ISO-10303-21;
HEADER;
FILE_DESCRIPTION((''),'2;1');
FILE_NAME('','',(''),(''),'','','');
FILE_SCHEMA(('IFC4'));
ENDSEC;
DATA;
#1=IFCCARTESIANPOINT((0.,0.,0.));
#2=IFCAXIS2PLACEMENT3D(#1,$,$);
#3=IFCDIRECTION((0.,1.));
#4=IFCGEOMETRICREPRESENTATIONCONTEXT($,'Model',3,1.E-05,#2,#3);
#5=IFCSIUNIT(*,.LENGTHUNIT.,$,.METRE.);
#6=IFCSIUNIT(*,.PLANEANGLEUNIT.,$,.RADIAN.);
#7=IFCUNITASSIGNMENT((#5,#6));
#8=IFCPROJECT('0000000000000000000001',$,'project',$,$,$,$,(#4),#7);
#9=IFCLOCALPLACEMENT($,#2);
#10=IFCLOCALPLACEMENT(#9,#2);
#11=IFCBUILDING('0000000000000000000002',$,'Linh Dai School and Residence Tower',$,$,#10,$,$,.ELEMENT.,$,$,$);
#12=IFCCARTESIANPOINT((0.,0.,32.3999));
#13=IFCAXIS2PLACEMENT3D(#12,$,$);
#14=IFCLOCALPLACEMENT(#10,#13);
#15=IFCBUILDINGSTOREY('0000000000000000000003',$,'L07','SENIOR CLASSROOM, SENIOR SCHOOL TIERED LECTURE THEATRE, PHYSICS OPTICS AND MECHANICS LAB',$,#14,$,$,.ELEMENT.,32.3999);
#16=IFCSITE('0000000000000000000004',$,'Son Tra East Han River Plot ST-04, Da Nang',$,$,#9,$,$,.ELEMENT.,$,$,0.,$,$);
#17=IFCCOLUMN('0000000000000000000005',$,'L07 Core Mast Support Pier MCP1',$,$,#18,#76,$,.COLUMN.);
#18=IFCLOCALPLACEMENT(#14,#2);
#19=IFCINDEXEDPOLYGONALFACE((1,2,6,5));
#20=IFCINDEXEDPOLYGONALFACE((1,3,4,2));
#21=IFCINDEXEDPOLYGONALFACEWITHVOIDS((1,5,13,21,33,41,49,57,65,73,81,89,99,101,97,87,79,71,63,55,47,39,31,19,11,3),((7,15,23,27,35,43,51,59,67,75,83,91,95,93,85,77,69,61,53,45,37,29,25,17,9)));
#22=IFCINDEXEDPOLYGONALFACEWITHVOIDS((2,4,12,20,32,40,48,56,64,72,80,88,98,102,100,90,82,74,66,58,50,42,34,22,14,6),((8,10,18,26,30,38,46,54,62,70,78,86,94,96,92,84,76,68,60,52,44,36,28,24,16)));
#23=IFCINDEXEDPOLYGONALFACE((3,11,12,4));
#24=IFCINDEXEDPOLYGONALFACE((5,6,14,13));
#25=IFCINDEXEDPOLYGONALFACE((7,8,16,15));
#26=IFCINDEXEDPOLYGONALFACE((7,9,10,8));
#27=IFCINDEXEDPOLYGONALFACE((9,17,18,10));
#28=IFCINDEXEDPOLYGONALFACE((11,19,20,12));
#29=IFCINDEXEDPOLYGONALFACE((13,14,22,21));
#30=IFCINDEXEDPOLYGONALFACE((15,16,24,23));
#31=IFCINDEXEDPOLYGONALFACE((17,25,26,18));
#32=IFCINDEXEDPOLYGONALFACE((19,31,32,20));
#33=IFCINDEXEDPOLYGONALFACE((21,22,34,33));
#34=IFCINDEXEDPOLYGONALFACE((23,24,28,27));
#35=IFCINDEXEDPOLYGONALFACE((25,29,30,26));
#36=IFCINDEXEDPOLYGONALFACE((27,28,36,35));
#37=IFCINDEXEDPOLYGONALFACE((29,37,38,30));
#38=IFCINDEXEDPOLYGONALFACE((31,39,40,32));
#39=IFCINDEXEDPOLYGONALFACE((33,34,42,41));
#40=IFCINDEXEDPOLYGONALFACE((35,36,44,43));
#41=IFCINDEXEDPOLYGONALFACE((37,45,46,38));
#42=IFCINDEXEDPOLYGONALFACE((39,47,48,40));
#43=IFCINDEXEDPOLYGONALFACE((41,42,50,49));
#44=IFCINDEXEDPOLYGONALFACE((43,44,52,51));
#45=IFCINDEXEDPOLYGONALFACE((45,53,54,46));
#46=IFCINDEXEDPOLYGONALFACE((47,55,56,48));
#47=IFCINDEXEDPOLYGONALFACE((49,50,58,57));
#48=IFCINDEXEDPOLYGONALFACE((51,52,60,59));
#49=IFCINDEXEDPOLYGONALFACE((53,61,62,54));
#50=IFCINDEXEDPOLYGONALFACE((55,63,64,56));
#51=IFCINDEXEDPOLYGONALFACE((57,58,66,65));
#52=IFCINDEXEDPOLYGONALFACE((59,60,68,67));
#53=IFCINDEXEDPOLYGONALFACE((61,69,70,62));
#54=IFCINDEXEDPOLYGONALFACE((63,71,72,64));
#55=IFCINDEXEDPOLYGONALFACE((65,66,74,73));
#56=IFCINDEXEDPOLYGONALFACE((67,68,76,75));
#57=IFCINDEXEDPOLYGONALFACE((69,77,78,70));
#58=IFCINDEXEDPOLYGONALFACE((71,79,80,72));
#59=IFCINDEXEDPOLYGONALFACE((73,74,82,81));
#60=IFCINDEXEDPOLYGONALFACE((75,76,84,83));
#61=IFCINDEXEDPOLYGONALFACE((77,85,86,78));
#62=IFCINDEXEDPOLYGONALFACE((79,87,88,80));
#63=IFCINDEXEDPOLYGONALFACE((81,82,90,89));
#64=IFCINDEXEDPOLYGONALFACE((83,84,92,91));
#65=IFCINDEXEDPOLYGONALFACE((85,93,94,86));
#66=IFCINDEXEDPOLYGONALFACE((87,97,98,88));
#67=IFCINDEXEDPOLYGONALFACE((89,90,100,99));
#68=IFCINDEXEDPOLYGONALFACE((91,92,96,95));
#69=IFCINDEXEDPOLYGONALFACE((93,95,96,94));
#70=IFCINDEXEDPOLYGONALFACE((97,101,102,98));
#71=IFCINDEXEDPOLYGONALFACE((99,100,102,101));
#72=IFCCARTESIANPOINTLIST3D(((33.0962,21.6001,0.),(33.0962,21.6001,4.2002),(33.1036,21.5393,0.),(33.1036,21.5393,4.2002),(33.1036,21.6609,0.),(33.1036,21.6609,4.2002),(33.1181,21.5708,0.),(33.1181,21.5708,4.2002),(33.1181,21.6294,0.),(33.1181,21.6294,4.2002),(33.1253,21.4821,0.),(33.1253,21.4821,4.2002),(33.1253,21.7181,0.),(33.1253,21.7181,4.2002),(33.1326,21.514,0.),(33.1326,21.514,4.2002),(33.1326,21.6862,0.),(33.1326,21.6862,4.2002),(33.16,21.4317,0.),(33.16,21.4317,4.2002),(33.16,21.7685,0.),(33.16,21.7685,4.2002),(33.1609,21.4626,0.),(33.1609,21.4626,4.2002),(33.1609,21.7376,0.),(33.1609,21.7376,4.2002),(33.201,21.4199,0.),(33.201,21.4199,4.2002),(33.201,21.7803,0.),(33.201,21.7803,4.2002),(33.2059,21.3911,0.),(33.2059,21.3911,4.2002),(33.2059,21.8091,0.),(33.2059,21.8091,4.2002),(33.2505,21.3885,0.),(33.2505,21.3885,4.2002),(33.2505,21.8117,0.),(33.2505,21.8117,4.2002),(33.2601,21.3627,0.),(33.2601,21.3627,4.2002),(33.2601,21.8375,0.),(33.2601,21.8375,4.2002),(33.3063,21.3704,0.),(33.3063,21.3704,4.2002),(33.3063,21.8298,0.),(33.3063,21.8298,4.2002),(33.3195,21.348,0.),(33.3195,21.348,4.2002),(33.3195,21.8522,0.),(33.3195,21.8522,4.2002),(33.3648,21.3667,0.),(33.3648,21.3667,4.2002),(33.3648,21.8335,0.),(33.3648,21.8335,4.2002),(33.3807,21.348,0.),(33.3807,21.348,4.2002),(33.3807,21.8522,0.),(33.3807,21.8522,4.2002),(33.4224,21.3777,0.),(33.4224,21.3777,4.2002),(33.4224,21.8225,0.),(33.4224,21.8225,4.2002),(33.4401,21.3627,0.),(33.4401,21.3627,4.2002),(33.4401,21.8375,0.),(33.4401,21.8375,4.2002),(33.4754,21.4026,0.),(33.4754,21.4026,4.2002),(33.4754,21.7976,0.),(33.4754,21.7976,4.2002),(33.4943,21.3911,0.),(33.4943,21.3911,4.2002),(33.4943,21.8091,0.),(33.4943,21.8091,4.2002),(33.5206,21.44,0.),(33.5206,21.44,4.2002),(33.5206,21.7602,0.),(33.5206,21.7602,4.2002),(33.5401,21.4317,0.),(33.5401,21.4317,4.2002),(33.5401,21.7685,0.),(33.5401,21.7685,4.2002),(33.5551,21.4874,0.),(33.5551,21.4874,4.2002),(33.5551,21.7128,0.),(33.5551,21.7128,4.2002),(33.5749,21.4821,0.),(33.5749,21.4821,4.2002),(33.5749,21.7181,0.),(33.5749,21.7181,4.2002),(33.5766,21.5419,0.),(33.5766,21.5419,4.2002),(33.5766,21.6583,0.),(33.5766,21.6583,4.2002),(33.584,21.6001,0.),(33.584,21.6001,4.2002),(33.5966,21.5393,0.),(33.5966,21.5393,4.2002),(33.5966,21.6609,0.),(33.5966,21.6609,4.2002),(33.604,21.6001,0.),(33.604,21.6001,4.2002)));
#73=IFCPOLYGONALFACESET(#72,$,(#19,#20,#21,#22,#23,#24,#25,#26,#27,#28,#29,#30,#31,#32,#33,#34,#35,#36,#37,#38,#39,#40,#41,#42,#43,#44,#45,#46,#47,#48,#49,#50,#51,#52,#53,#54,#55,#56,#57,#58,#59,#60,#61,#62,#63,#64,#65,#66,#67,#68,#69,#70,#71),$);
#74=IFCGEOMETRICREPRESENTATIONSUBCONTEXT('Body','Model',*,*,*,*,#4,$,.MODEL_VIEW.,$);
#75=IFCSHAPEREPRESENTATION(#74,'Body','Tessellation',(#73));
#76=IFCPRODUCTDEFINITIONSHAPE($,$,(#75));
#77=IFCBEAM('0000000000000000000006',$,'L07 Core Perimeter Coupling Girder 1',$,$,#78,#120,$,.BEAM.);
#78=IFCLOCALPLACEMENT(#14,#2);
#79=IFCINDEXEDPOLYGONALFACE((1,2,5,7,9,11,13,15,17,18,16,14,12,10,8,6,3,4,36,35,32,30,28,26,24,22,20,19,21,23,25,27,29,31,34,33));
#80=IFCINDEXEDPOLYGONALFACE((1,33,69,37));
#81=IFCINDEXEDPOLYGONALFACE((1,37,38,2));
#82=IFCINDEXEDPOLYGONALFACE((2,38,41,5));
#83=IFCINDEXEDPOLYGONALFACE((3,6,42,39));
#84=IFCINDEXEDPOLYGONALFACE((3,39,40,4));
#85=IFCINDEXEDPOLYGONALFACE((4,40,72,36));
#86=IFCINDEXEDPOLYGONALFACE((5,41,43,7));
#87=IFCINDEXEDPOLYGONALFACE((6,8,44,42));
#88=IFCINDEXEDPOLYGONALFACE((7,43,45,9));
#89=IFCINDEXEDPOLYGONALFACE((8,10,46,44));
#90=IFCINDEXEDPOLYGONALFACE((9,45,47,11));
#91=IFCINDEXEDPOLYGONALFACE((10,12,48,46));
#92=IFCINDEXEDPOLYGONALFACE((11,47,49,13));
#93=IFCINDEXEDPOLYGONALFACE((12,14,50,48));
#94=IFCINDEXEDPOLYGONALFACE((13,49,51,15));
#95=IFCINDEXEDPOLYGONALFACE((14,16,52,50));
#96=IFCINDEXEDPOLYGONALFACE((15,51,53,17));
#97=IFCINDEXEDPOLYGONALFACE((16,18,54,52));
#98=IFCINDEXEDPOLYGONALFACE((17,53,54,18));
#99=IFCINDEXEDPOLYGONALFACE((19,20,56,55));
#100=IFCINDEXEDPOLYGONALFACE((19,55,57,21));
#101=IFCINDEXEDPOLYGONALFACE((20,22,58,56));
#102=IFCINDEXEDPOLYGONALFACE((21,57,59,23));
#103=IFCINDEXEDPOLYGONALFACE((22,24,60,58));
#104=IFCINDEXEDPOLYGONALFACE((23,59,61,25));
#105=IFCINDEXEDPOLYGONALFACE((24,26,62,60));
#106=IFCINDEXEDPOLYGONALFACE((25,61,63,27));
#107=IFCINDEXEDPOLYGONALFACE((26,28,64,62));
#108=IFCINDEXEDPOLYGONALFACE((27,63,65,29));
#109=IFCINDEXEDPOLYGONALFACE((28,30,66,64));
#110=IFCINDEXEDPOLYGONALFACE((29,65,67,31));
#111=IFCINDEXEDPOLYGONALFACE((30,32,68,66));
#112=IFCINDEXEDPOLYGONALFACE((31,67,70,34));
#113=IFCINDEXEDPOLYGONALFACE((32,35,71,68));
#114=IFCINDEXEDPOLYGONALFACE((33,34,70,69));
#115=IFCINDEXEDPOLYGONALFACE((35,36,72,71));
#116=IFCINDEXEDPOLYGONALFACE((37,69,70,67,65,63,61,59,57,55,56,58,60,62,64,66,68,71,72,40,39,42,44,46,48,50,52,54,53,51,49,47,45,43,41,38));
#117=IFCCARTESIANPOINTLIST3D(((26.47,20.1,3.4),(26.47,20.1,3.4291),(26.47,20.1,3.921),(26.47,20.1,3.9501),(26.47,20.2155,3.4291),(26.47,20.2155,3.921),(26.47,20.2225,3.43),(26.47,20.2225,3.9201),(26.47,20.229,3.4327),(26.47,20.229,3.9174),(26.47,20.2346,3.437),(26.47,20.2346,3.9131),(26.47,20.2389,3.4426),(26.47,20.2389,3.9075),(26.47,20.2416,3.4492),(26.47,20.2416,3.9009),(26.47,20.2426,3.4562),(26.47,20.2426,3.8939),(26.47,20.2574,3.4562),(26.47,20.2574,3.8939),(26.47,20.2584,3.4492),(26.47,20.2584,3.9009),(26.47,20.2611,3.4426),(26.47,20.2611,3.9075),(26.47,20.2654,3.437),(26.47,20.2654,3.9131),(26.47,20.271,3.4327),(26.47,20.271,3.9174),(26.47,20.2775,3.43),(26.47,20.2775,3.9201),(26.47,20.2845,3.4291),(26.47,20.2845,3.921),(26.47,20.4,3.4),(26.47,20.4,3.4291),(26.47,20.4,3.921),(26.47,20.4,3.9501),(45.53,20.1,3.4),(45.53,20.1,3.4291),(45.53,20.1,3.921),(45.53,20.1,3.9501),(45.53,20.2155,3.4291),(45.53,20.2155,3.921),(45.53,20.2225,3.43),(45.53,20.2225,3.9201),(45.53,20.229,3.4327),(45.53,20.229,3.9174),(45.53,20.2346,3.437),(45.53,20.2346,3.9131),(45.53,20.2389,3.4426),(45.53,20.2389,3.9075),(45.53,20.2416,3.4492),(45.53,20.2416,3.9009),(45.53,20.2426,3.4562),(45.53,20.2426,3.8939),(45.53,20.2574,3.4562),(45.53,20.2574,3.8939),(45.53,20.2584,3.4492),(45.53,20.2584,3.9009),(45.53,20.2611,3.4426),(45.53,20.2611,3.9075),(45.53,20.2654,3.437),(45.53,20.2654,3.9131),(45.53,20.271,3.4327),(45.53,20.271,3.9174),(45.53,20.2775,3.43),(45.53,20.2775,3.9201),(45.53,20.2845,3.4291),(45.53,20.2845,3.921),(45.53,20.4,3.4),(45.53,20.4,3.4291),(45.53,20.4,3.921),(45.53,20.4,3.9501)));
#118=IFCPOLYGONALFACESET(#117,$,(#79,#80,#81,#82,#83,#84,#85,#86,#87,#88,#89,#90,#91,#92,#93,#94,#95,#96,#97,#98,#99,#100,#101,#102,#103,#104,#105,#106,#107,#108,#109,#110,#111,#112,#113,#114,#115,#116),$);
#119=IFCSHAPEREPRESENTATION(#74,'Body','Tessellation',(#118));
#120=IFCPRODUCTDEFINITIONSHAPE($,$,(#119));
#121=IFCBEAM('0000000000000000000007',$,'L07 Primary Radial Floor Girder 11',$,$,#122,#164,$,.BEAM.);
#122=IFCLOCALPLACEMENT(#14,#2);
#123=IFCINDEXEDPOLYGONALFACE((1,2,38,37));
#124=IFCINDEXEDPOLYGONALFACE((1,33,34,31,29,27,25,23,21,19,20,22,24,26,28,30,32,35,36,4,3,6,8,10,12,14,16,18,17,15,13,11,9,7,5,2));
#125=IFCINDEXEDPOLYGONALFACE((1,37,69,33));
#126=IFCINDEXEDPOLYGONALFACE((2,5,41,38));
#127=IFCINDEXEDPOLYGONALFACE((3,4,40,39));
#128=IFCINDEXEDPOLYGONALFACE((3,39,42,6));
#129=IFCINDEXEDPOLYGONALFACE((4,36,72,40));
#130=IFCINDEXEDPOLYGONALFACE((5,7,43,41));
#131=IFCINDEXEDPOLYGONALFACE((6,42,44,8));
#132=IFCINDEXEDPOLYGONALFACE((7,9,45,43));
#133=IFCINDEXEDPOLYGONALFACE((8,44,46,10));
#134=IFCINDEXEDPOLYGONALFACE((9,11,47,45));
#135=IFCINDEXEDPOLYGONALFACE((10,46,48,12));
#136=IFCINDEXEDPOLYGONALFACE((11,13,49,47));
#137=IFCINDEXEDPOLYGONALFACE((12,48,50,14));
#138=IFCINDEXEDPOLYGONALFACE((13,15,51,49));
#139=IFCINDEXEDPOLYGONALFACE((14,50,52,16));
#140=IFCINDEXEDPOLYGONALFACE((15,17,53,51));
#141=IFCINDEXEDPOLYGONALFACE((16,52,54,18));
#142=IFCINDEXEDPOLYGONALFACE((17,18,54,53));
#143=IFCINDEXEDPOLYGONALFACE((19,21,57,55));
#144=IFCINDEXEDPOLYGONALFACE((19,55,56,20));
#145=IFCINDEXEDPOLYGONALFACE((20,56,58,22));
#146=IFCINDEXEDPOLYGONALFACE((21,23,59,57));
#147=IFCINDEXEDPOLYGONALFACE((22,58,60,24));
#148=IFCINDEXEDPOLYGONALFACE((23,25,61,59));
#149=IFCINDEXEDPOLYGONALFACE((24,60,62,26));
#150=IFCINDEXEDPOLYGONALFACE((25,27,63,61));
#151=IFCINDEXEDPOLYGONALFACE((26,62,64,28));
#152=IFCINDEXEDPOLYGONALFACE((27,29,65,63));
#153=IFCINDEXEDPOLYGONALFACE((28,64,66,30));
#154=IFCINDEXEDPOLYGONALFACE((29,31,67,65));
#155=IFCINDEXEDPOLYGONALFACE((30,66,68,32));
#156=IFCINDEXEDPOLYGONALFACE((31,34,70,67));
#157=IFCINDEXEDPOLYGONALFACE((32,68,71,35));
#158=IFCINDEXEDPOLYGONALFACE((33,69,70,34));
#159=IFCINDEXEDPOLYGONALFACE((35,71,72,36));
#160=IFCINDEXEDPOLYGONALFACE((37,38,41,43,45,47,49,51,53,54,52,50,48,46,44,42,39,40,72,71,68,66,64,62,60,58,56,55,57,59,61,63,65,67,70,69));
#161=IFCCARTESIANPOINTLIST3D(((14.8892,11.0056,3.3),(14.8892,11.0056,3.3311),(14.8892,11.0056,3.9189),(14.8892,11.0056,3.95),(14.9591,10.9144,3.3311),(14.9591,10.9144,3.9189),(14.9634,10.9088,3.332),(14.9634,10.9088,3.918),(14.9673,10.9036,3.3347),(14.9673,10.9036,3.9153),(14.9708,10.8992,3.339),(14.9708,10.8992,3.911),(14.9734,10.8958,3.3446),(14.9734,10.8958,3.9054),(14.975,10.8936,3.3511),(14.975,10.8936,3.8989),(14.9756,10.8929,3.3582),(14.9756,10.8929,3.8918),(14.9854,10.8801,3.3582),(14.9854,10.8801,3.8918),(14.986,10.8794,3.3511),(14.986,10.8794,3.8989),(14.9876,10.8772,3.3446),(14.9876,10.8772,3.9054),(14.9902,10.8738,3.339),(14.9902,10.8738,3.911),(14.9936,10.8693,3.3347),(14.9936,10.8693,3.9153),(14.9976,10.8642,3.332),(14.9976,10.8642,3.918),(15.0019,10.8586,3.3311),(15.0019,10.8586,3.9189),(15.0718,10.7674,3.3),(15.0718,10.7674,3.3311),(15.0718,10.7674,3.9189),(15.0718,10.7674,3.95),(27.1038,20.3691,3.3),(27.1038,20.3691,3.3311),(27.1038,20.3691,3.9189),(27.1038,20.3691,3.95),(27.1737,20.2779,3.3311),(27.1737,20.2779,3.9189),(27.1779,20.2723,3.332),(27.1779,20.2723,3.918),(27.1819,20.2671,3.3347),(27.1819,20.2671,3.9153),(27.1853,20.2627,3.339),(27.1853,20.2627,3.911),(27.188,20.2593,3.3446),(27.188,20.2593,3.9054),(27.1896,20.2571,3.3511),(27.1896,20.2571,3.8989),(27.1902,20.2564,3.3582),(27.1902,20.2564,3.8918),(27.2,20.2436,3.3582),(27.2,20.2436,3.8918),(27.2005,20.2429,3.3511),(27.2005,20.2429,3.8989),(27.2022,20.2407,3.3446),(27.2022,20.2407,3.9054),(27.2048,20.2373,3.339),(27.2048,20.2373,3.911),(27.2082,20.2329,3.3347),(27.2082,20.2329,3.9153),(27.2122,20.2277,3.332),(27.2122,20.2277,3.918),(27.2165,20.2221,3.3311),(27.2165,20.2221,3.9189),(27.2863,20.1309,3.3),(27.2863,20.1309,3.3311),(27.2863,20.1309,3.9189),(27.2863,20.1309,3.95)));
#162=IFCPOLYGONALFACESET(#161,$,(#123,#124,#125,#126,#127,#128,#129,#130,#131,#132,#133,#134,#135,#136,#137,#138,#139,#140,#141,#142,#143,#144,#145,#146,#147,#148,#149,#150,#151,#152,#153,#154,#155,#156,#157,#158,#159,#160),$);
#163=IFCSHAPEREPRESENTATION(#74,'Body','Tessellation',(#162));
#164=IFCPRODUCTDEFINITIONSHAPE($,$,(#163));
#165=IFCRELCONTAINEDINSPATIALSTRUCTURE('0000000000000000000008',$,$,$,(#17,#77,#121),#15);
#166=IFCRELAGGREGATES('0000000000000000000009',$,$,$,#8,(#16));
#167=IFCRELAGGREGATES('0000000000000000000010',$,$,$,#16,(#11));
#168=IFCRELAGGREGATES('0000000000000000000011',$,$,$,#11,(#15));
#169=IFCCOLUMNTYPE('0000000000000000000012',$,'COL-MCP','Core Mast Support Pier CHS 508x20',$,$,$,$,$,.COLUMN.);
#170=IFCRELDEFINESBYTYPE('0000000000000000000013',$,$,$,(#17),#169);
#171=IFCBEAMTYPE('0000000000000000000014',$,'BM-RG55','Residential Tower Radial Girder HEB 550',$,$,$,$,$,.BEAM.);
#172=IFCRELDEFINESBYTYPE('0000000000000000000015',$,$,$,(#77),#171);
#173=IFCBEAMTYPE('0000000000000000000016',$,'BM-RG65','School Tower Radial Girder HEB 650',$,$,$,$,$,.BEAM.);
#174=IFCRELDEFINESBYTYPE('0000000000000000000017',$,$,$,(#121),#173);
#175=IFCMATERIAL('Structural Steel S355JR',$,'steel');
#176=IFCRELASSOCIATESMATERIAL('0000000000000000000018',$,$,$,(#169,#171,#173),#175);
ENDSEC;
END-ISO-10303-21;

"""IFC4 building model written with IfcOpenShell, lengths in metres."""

from ifc_helpers import new_model, si_unit, direction, frame, origin, origin_2d, place, context, subcontext, project, spatial, hollow_circle, i_section, extrude, material, material_profile, profile_set, type_object, element, save


model = new_model("IFC4")

# Units and contexts
model_context = context("Model", 3, precision=1e-05, world=origin(), true_north=direction((0.0, 1.0)))
body_context = subcontext(model_context, "Body", "Model", "MODEL_VIEW")
ifc_project = project(units=[si_unit("LENGTHUNIT", "METRE"), si_unit("PLANEANGLEUNIT", "RADIAN")], contexts=[model_context])

# Site, building, storey
site_placement = place(None, origin())
site = spatial("IfcSite", under=ifc_project, at=site_placement, Name="Son Tra East Han River Plot ST-04, Da Nang", CompositionType="ELEMENT", RefElevation=0.0)
building_placement = place(site_placement, origin())
building = spatial("IfcBuilding", under=site, at=building_placement, Name="Linh Dai School and Residence Tower", CompositionType="ELEMENT")
storey_placement = place(building_placement, frame((0.0, 0.0, 32.3999)))
storey = spatial("IfcBuildingStorey", under=building, at=storey_placement, Name="L07", Description="SENIOR CLASSROOM, SENIOR SCHOOL TIERED LECTURE THEATRE, PHYSICS OPTICS AND MECHANICS LAB", CompositionType="ELEMENT", Elevation=32.3999)

# Column
ifc_material_1 = material(Name="Structural Steel S355JR", Category="steel")
ifc_material_profile_1 = material_profile(ifc_material_1, hollow_circle(Radius=0.2539, WallThickness=0.02, at=origin_2d()), Name="CHS 508x20")
ifc_profile_set_1 = profile_set([ifc_material_profile_1], Name="Structural Steel S355JR")
column_type = type_object("IfcColumnType", Name="COL-MCP", Description="Core Mast Support Pier CHS 508x20", PredefinedType="COLUMN", material=ifc_profile_set_1)
column_placement = place(storey_placement, frame((33.3501, 21.6001, 0.0), z_axis=(0.0, 0.0, 1.0), x_axis=(1.0, 0.0, 0.0)))
element("IfcColumn", 1, at=column_placement, inside=storey, type_object=column_type, Name="L07 Core Mast Support Pier MCP1", PredefinedType="COLUMN", context=body_context, shape_type="SweptSolid", body=[
    extrude(hollow_circle(Radius=0.2539, WallThickness=0.02, at=origin_2d()), origin(), (0.0, 0.0, 1.0), 4.2002),
])

# Beams
ifc_material_profile_2 = material_profile(ifc_material_1, i_section(OverallWidth=0.3, OverallDepth=0.55, WebThickness=0.0149, FlangeThickness=0.0291, FilletRadius=0.0271, at=origin_2d()), Name="HEB 550")
ifc_profile_set_2 = profile_set([ifc_material_profile_2], Name="Structural Steel S355JR")
beam_type_1 = type_object("IfcBeamType", Name="BM-RG55", Description="Residential Tower Radial Girder HEB 550", PredefinedType="BEAM", material=ifc_profile_set_2)
beam_1_placement = place(storey_placement, frame((26.47, 20.25, 3.675), z_axis=(1.0, 0.0, 0.0), x_axis=(0.0, 1.0, 0.0)))
element("IfcBeam", 2, at=beam_1_placement, inside=storey, type_object=beam_type_1, Name="L07 Core Perimeter Coupling Girder 1", PredefinedType="BEAM", context=body_context, shape_type="SweptSolid", body=[
    extrude(i_section(OverallWidth=0.3, OverallDepth=0.55, WebThickness=0.0149, FlangeThickness=0.0291, FilletRadius=0.0271, at=origin_2d()), origin(), (0.0, 0.0, 1.0), 19.0601),
])
ifc_material_profile_3 = material_profile(ifc_material_1, i_section(OverallWidth=0.3, OverallDepth=0.6499, WebThickness=0.0161, FlangeThickness=0.031, FilletRadius=0.0271, at=origin_2d()), Name="HEB 650")
ifc_profile_set_3 = profile_set([ifc_material_profile_3], Name="Structural Steel S355JR")
beam_type_2 = type_object("IfcBeamType", Name="BM-RG65", Description="School Tower Radial Girder HEB 650", PredefinedType="BEAM", material=ifc_profile_set_3)
beam_2_placement = place(storey_placement, frame((27.1951, 20.25, 3.625), z_axis=(-0.793638, -0.608391, 0.0), x_axis=(0.608391, -0.793638, 0.0)))
element("IfcBeam", 3, at=beam_2_placement, inside=storey, type_object=beam_type_2, Name="L07 Primary Radial Floor Girder 11", PredefinedType="BEAM", context=body_context, shape_type="SweptSolid", body=[
    extrude(i_section(OverallWidth=0.3, OverallDepth=0.6499, WebThickness=0.0161, FlangeThickness=0.031, FilletRadius=0.0271, at=origin_2d()), origin(), (0.0, 0.0, 1.0), 15.3906),
])

save(model, "model.ifc")
